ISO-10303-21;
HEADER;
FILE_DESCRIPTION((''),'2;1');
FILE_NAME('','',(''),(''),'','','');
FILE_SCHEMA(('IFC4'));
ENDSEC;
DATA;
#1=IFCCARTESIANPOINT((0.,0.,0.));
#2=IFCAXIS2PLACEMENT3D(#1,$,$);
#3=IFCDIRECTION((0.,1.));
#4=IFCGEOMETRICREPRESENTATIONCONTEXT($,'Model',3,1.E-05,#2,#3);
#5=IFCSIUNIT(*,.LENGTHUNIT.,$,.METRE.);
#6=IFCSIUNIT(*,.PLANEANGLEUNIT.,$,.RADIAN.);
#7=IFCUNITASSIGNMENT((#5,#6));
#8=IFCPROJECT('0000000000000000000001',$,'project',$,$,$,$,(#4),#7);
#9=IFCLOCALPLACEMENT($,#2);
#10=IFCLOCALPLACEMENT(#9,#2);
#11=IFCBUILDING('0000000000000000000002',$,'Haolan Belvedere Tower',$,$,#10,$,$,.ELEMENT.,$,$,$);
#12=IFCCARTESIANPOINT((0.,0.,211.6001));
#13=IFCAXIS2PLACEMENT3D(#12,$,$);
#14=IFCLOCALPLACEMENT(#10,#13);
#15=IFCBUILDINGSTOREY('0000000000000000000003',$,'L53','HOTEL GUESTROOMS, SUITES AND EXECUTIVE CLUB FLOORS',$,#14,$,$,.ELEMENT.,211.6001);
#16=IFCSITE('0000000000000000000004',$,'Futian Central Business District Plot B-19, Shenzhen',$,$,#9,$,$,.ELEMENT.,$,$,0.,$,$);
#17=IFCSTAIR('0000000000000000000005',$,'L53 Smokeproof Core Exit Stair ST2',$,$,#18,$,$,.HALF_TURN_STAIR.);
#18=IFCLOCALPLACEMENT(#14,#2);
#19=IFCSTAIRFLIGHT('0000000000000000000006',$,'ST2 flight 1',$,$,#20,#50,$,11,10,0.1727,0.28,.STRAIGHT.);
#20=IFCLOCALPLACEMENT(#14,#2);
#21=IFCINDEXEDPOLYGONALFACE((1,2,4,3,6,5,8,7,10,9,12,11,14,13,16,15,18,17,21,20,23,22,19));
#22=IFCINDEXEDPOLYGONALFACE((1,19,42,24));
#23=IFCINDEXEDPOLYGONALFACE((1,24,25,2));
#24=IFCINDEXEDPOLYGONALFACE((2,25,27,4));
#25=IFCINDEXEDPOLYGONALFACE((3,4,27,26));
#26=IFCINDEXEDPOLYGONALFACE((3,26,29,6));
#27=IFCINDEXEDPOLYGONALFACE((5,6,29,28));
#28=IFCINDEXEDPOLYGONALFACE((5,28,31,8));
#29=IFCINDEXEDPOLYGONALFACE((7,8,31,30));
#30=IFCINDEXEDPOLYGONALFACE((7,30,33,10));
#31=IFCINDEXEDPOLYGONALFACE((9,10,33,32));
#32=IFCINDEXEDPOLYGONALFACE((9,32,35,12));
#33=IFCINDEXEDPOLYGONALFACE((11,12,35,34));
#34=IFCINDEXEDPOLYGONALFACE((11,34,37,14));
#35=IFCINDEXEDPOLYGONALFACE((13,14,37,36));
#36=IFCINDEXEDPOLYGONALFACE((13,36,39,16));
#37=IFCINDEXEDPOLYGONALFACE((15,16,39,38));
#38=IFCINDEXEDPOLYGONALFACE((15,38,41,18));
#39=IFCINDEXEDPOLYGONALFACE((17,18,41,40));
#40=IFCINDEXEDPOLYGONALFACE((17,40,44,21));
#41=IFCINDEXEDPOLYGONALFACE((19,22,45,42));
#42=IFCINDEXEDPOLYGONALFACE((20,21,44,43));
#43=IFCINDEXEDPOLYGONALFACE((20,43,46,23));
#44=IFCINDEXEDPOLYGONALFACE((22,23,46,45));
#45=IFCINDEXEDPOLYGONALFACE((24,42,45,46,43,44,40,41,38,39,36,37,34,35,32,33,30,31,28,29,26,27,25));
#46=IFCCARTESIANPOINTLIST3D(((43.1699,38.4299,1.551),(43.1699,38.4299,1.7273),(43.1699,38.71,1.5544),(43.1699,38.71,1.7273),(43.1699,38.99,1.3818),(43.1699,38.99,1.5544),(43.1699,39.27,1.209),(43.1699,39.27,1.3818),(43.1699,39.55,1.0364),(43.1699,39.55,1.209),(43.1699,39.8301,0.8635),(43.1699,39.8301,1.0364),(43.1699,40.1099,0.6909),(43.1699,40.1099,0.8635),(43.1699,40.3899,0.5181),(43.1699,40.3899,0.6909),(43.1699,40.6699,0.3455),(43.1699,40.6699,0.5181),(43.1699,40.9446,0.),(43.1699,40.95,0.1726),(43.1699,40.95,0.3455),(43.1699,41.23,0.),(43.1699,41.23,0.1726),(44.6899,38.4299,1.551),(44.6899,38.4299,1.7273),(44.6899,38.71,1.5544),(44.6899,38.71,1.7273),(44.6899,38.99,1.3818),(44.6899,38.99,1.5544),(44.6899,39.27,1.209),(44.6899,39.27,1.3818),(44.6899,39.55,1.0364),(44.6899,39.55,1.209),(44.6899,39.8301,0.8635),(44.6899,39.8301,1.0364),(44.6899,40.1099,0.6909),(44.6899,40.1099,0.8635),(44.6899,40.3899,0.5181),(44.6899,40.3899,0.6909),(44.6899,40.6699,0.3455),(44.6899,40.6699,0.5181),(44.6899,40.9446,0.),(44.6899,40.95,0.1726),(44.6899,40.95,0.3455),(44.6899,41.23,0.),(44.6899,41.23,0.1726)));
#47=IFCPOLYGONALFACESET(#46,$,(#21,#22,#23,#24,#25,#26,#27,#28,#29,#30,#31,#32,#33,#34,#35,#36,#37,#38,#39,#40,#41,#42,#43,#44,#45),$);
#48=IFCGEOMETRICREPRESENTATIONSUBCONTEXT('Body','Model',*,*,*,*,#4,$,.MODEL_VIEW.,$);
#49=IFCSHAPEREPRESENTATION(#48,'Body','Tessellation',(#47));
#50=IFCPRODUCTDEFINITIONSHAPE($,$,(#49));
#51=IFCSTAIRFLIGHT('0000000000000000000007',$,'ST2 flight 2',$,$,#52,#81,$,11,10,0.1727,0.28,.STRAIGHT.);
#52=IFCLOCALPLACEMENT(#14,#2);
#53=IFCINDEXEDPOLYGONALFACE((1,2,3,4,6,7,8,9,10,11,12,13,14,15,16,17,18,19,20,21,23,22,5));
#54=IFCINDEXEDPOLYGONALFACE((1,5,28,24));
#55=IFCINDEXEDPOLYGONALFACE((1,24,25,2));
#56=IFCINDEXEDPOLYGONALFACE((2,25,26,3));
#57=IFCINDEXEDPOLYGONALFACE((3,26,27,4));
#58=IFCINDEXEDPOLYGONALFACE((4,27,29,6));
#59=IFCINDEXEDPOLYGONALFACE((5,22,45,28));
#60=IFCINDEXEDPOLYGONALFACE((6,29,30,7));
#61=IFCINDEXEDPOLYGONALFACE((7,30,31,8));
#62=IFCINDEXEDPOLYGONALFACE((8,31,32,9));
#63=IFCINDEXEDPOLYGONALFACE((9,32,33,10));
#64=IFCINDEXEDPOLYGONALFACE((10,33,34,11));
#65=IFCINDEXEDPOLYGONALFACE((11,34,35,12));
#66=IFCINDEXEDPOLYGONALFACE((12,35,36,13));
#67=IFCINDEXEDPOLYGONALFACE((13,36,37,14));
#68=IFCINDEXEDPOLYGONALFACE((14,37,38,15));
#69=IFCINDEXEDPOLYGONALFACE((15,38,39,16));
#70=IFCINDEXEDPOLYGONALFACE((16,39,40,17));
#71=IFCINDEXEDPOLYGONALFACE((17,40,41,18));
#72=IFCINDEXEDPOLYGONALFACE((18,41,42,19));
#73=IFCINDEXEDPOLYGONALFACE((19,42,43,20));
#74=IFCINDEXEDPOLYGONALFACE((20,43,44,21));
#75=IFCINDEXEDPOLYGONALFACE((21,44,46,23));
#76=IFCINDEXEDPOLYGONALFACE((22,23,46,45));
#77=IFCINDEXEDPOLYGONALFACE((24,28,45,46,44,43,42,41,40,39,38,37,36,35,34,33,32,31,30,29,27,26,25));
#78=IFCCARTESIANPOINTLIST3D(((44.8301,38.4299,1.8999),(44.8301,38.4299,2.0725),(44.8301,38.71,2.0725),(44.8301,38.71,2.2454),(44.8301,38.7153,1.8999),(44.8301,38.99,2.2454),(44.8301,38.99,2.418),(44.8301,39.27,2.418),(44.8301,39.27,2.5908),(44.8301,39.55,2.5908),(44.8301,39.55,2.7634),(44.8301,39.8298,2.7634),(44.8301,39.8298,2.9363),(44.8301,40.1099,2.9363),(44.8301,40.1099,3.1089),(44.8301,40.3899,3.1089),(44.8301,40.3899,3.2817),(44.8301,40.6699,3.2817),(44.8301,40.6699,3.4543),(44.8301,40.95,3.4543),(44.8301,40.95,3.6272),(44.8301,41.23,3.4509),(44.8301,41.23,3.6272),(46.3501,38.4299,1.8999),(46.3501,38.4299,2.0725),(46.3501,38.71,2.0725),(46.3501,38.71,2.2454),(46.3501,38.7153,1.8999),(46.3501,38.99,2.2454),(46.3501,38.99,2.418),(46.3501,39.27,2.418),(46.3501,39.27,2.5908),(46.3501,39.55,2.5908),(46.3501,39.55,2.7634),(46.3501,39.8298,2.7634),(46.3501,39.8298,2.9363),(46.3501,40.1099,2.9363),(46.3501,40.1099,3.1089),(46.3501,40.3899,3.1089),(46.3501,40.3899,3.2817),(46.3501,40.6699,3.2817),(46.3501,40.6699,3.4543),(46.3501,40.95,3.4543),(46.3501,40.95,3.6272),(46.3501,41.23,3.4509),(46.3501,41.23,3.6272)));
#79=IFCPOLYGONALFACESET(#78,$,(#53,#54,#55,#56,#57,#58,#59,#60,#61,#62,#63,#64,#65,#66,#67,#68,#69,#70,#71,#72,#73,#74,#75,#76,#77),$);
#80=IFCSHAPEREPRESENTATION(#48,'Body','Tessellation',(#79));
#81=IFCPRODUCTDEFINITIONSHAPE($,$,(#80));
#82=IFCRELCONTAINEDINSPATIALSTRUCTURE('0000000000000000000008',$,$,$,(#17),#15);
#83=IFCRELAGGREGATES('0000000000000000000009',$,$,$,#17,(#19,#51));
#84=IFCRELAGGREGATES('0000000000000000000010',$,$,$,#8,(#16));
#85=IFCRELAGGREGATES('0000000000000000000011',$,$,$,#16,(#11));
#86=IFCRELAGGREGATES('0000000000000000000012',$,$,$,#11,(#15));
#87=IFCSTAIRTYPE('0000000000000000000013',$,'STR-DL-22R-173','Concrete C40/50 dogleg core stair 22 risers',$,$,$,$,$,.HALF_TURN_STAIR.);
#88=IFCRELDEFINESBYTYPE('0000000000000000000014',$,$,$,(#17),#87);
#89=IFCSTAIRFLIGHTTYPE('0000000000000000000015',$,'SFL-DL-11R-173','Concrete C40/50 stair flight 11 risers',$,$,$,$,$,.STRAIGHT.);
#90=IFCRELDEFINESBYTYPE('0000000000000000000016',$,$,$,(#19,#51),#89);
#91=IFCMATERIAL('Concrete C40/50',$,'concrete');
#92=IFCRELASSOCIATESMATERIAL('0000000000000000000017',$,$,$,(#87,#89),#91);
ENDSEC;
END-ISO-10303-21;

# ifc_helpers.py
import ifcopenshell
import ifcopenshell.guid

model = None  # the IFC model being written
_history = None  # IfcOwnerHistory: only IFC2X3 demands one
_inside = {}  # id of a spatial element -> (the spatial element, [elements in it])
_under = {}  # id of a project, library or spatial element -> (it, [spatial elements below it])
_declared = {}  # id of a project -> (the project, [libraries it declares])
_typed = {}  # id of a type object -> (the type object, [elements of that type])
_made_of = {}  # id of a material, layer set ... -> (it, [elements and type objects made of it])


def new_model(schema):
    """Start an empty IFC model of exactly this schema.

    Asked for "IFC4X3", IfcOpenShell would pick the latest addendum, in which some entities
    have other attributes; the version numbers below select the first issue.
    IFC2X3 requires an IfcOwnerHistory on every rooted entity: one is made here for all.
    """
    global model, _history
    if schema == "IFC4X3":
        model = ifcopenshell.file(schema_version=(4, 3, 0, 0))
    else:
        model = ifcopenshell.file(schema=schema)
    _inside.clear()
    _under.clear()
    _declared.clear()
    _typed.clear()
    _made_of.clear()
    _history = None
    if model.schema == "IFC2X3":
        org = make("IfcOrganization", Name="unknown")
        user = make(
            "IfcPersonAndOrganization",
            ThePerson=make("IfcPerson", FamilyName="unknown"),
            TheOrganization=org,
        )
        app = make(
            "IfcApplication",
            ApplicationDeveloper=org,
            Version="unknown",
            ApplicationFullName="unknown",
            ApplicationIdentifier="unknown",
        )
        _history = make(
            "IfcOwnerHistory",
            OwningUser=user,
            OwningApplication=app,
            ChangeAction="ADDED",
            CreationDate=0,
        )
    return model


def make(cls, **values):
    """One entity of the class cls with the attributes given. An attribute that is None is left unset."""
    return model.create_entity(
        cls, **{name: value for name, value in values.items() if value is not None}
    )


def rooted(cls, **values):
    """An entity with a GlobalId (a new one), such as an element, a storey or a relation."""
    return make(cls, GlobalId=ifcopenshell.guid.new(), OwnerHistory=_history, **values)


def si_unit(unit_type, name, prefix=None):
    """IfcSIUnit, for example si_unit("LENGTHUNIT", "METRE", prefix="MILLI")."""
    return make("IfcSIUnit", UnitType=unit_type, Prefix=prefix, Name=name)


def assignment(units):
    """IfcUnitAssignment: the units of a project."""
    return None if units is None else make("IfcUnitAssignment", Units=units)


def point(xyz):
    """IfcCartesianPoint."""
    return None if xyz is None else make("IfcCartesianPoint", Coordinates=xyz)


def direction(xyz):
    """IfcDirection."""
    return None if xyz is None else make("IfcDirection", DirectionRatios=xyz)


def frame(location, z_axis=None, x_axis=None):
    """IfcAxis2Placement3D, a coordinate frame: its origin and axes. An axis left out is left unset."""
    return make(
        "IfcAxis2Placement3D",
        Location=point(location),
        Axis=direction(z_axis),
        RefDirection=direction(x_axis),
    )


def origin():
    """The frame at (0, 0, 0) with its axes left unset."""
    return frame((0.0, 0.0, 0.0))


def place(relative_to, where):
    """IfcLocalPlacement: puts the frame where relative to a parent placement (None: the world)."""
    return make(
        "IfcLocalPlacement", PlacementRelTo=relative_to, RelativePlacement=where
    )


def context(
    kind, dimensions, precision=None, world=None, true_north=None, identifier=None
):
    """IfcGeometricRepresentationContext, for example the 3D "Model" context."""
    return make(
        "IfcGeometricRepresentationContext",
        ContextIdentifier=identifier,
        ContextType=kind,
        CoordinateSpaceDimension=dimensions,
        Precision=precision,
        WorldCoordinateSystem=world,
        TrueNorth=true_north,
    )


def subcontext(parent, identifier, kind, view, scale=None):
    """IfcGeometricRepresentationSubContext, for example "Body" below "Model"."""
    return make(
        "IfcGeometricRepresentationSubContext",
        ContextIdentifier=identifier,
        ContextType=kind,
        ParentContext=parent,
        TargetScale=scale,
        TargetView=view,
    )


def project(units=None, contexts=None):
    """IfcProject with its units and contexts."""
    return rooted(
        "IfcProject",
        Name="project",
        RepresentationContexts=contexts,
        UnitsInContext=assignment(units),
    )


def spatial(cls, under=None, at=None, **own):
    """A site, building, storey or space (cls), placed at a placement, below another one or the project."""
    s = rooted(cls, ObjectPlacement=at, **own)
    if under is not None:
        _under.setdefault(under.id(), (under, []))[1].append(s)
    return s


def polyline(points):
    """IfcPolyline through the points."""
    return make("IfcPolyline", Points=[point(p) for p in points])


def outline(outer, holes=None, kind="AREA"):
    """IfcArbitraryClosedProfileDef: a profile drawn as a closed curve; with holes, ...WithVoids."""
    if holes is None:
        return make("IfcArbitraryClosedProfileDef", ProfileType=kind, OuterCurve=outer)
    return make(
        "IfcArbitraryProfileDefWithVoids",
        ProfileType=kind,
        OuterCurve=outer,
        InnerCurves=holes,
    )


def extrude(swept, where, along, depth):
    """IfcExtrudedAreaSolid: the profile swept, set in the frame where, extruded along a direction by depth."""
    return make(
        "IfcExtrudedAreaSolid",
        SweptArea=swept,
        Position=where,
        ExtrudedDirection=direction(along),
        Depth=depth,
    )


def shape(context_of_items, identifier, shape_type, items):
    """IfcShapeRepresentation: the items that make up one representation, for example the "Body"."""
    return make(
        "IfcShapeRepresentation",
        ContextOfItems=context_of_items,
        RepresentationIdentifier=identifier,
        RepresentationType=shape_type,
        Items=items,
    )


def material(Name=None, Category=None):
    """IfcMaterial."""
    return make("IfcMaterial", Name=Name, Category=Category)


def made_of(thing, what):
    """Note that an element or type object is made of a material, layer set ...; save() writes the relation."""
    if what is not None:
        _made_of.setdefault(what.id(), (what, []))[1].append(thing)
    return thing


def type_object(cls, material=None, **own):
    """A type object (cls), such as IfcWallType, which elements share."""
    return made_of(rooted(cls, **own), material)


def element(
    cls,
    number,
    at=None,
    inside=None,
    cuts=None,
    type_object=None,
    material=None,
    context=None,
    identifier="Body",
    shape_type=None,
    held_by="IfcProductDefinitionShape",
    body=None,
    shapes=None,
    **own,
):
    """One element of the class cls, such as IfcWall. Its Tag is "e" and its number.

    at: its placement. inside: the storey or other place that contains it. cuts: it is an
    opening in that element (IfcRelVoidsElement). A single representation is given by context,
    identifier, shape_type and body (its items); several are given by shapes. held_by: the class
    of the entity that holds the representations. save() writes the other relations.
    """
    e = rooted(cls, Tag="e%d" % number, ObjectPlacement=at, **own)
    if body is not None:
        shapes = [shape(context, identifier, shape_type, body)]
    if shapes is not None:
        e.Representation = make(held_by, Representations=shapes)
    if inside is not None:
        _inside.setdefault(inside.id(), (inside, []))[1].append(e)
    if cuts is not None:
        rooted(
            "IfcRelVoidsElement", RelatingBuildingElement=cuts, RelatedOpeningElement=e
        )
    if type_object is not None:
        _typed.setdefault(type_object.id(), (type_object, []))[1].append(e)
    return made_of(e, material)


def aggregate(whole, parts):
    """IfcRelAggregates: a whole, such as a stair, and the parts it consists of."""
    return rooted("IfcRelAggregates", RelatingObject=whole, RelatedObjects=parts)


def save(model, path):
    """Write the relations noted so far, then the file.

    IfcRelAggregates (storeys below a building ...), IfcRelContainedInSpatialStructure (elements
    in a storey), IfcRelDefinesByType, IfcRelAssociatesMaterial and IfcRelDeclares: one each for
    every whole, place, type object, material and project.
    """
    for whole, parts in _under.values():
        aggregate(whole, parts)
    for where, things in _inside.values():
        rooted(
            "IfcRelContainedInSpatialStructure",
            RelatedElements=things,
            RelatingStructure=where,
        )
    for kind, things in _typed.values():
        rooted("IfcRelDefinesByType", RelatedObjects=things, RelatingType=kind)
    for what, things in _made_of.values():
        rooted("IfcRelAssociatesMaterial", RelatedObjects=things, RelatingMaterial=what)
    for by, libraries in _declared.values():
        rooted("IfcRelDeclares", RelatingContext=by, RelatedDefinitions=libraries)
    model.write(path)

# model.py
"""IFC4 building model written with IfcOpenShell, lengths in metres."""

from ifc_helpers import new_model, si_unit, direction, frame, origin, place, context, subcontext, project, spatial, polyline, outline, extrude, material, type_object, element, aggregate, save


model = new_model("IFC4")

# Units and contexts
model_context = context("Model", 3, precision=1e-05, world=origin(), true_north=direction((0.0, 1.0)))
body_context = subcontext(model_context, "Body", "Model", "MODEL_VIEW")
ifc_project = project(units=[si_unit("LENGTHUNIT", "METRE"), si_unit("PLANEANGLEUNIT", "RADIAN")], contexts=[model_context])

# Site, building, storey
site_placement = place(None, origin())
site = spatial("IfcSite", under=ifc_project, at=site_placement, Name="Futian Central Business District Plot B-19, Shenzhen", CompositionType="ELEMENT", RefElevation=0.0)
building_placement = place(site_placement, origin())
building = spatial("IfcBuilding", under=site, at=building_placement, Name="Haolan Belvedere Tower", CompositionType="ELEMENT")
storey_placement = place(building_placement, frame((0.0, 0.0, 211.6001)))
storey = spatial("IfcBuildingStorey", under=building, at=storey_placement, Name="L53", Description="HOTEL GUESTROOMS, SUITES AND EXECUTIVE CLUB FLOORS", CompositionType="ELEMENT", Elevation=211.6001)

# Shared definitions
ifc_material_1 = material(Name="Concrete C40/50", Category="concrete")

# Shared definitions
stair_type = type_object("IfcStairType", Name="STR-DL-22R-173", Description="Concrete C40/50 dogleg core stair 22 risers", PredefinedType="HALF_TURN_STAIR", material=ifc_material_1)
stair_flight_type = type_object("IfcStairFlightType", Name="SFL-DL-11R-173", Description="Concrete C40/50 stair flight 11 risers", PredefinedType="STRAIGHT", material=ifc_material_1)

# Stair, stair flights
stair_1_placement = place(storey_placement, origin())
stair_1 = element("IfcStair", 1, at=stair_1_placement, inside=storey, type_object=stair_type, Name="L53 Smokeproof Core Exit Stair ST2", PredefinedType="HALF_TURN_STAIR")
stair_flight_1_placement = place(storey_placement, frame((43.9299, 41.23, 0.0), z_axis=(0.0, 0.0, 1.0), x_axis=(0.0, -1.0, 0.0)))
stair_flight_1 = element("IfcStairFlight", 2, at=stair_flight_1_placement, type_object=stair_flight_type, Name="ST2 flight 1", NumberOfRisers=11, NumberOfTreads=10, PredefinedType="STRAIGHT", RiserHeight=0.1727, TreadLength=0.28, context=body_context, shape_type="SweptSolid", body=[
    extrude(outline(polyline([(0.0, 0.0), (0.0, 0.1726), (0.28, 0.1726), (0.28, 0.3455), (0.5601, 0.3455), (0.5601, 0.5181), (0.8401, 0.5181), (0.8401, 0.6909), (1.1201, 0.6909), (1.1201, 0.8635), (1.3999, 0.8635), (1.3999, 1.0364), (1.6799, 1.0364), (1.6799, 1.209), (1.96, 1.209), (1.96, 1.3818), (2.24, 1.3818), (2.24, 1.5544), (2.52, 1.5544), (2.52, 1.7273), (2.8, 1.7273), (2.8, 1.8999), (2.8, 1.551), (0.2854, 0.0), (0.0, 0.0)])), frame((0.0, 0.76, 0.0), z_axis=(0.0, -1.0, 0.0), x_axis=(1.0, 0.0, 0.0)), (0.0, 0.0, 1.0), 1.52),
])
stair_flight_2_placement = place(storey_placement, frame((45.5901, 38.4299, 1.8999), z_axis=(0.0, 0.0, 1.0), x_axis=(0.0, 1.0, 0.0)))
stair_flight_2 = element("IfcStairFlight", 3, at=stair_flight_2_placement, type_object=stair_flight_type, Name="ST2 flight 2", NumberOfRisers=11, NumberOfTreads=10, PredefinedType="STRAIGHT", RiserHeight=0.1727, TreadLength=0.28, context=body_context, shape_type="SweptSolid", body=[
    extrude(outline(polyline([(0.0, 0.0), (0.0, 0.1726), (0.28, 0.1726), (0.28, 0.3455), (0.5601, 0.3455), (0.5601, 0.5181), (0.8401, 0.5181), (0.8401, 0.6909), (1.1201, 0.6909), (1.1201, 0.8635), (1.3999, 0.8635), (1.3999, 1.0364), (1.6799, 1.0364), (1.6799, 1.209), (1.96, 1.209), (1.96, 1.3818), (2.24, 1.3818), (2.24, 1.5544), (2.52, 1.5544), (2.52, 1.7273), (2.8, 1.7273), (2.8, 1.8999), (2.8, 1.551), (0.2854, 0.0), (0.0, 0.0)])), frame((0.0, 0.76, 0.0), z_axis=(0.0, -1.0, 0.0), x_axis=(1.0, 0.0, 0.0)), (0.0, 0.0, 1.0), 1.52),
])
aggregate(stair_1, [stair_flight_1, stair_flight_2])

save(model, "model.ifc")
